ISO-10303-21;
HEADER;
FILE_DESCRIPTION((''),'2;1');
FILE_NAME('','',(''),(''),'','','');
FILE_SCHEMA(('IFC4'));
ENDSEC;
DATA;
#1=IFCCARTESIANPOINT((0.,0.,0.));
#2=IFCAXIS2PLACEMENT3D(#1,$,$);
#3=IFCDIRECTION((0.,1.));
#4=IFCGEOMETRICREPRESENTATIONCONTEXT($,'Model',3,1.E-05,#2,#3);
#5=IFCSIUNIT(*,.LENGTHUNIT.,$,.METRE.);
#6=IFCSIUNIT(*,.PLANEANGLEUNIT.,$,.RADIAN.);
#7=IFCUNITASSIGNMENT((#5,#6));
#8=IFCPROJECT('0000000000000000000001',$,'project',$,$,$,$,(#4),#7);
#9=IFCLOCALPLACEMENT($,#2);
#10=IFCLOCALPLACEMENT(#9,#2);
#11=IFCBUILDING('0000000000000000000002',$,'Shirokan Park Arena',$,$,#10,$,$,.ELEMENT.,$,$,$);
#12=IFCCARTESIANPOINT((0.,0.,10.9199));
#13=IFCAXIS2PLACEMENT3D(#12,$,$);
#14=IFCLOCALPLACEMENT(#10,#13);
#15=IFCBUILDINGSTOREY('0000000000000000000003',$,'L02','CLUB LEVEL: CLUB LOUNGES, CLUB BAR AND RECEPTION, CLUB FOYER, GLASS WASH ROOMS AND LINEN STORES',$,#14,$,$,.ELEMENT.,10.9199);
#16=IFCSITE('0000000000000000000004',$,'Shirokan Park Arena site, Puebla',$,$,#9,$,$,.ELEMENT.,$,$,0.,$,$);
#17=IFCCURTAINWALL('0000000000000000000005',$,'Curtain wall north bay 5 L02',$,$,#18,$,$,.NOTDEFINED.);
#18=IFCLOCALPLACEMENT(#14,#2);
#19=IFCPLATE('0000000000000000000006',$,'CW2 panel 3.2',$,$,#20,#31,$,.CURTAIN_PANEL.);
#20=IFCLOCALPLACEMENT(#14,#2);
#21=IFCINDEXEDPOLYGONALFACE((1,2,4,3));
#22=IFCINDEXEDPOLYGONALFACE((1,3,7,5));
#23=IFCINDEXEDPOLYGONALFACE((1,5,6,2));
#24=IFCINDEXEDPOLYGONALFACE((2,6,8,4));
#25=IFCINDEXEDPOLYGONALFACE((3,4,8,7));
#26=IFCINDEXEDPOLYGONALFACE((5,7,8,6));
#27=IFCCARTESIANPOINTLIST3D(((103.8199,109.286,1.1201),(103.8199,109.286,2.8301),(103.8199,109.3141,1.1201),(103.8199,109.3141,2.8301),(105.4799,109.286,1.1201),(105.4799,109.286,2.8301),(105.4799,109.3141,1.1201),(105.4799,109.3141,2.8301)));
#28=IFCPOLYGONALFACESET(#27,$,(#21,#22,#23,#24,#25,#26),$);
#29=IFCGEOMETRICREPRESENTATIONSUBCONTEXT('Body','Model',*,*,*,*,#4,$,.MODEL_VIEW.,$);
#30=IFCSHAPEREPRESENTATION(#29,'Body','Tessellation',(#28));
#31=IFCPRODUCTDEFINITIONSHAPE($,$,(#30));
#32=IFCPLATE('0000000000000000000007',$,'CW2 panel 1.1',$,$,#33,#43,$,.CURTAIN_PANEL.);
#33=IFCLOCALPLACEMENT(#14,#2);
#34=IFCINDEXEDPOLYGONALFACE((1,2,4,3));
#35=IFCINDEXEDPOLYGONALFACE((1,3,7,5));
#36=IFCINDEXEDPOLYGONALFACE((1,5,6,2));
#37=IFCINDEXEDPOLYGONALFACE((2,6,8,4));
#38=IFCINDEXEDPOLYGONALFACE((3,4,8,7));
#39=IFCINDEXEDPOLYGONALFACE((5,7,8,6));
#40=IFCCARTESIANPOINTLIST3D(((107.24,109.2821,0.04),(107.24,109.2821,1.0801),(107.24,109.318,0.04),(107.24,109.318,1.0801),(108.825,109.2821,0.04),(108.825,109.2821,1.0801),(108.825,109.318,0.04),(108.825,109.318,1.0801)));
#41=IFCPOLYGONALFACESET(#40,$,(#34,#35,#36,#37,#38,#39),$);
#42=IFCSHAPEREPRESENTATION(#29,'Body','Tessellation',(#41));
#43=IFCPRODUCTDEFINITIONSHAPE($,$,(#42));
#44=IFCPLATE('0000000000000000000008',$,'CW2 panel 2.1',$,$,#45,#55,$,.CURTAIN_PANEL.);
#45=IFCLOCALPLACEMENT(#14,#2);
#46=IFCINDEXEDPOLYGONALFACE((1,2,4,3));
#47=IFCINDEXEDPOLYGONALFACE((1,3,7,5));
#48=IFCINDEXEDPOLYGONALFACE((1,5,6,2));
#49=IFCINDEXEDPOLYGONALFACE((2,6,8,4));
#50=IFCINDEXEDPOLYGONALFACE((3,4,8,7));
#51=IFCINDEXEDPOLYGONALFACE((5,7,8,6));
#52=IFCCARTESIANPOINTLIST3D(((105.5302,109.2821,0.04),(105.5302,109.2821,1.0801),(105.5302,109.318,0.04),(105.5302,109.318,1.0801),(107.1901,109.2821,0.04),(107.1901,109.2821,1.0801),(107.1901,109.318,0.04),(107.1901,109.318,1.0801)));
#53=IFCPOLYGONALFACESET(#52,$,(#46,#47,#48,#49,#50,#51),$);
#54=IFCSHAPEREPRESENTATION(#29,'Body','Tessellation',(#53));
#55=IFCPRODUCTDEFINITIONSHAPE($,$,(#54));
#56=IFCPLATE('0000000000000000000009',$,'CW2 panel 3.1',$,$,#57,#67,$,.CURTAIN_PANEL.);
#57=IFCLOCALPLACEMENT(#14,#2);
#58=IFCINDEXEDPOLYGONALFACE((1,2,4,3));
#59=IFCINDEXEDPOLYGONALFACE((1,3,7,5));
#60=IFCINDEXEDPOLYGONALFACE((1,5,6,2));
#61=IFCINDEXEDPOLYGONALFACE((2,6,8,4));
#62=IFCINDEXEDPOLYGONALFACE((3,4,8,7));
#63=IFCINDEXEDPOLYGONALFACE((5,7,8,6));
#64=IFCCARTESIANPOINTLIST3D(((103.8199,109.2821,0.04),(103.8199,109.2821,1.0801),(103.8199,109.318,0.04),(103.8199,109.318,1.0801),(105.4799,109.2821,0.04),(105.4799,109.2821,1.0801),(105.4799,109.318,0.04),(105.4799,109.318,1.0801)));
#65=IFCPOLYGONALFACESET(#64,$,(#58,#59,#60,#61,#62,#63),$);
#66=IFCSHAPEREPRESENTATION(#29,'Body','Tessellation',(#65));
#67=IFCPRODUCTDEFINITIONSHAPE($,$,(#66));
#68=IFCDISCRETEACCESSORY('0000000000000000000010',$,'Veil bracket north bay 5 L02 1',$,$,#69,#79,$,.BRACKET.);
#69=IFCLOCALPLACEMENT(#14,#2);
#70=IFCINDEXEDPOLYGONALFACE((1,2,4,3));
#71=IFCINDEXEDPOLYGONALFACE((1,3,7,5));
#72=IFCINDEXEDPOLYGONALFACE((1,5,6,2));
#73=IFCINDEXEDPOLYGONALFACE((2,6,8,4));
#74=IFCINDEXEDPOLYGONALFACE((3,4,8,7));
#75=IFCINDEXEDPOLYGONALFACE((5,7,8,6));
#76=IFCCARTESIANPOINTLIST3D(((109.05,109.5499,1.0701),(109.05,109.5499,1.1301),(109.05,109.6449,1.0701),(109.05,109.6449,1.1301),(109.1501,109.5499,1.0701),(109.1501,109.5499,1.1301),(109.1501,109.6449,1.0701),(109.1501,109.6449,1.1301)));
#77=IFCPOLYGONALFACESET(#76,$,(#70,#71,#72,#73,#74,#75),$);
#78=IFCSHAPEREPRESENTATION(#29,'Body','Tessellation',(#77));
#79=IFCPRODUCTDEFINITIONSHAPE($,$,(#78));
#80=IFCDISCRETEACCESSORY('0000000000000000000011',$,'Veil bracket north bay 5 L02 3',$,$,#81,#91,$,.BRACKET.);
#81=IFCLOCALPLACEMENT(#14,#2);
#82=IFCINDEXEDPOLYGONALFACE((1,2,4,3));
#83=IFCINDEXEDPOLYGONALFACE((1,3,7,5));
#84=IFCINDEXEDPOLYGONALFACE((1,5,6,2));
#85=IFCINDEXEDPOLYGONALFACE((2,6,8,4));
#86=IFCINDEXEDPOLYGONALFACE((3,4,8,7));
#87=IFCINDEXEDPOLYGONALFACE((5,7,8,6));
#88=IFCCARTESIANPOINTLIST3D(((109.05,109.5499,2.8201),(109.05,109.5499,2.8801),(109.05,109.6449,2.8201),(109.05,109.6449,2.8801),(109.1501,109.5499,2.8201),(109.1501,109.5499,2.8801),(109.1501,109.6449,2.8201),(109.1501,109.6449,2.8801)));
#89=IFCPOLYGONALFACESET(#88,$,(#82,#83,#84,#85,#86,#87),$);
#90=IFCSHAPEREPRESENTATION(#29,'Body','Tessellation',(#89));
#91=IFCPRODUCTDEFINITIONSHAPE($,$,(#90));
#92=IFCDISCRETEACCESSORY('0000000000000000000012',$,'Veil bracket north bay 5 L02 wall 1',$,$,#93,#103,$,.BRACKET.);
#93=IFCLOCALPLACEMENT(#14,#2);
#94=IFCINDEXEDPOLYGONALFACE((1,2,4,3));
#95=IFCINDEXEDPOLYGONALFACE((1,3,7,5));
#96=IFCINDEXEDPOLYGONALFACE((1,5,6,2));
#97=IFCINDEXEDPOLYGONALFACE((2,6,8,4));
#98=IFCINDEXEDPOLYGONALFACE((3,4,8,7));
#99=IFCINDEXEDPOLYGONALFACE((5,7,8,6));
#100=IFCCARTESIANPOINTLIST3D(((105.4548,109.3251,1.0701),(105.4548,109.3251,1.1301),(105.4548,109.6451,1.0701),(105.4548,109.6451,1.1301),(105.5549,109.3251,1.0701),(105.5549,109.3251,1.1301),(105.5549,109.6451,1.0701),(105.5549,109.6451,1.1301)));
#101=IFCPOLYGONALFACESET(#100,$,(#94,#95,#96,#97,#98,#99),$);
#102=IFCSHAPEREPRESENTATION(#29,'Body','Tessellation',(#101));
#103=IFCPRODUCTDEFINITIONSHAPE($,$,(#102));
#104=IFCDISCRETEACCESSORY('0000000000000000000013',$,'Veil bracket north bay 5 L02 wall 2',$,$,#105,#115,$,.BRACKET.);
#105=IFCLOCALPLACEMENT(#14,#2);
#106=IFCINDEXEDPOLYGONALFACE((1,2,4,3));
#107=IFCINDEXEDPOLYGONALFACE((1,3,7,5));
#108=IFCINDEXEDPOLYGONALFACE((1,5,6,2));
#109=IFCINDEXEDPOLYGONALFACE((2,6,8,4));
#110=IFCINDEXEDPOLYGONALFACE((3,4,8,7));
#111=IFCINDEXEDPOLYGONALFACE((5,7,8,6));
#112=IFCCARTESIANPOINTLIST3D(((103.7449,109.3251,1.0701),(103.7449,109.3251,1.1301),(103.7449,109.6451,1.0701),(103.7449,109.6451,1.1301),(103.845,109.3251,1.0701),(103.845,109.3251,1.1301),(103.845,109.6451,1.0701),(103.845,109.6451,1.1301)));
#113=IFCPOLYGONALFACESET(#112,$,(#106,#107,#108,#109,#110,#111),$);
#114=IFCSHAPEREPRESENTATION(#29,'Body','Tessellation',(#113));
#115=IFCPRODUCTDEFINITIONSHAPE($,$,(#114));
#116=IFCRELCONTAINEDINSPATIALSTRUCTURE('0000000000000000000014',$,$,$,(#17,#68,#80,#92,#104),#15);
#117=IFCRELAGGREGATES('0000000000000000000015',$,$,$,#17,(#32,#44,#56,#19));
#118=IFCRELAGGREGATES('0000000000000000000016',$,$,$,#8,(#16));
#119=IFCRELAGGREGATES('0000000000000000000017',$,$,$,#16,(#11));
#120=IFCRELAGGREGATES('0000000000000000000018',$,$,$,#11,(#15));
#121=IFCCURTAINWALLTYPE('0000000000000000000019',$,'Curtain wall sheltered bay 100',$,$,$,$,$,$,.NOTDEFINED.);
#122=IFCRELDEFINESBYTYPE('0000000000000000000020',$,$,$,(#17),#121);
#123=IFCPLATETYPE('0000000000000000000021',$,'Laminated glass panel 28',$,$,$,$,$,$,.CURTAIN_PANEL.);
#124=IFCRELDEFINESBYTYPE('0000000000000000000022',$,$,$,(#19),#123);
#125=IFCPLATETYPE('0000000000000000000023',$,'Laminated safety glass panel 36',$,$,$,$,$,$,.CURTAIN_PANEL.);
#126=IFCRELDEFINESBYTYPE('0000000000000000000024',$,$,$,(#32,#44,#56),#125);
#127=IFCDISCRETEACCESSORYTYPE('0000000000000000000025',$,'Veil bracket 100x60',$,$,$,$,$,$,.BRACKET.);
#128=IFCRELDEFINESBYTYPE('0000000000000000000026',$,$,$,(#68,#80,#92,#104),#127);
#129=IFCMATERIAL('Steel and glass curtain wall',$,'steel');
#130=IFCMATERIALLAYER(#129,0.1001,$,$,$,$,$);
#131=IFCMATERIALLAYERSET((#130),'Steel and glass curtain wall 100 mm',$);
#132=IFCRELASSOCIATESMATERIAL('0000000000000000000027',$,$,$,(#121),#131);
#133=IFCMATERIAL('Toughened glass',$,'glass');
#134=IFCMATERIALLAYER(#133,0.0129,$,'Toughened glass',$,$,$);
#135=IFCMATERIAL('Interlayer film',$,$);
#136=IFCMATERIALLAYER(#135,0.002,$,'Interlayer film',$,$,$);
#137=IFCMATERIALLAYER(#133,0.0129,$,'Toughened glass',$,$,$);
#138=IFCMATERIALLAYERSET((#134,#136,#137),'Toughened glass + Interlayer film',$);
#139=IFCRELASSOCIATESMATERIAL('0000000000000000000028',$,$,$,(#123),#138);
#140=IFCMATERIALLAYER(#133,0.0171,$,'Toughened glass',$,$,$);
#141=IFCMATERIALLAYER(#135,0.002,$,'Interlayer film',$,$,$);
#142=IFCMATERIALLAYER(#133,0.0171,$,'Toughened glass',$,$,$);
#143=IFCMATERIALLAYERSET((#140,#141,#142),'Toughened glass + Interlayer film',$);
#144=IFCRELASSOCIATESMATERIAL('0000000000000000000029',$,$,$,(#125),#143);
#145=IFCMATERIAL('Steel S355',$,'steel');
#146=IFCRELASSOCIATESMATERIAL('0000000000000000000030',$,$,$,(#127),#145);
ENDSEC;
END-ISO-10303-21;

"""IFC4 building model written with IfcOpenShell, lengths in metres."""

from ifc_helpers import new_model, si_unit, direction, frame, origin, origin_2d, place, context, subcontext, project, spatial, rectangle, extrude, material, layer, layer_set, type_object, element, aggregate, save


model = new_model("IFC4")

# Units and contexts
model_context = context("Model", 3, precision=1e-05, world=origin(), true_north=direction((0.0, 1.0)))
body_context = subcontext(model_context, "Body", "Model", "MODEL_VIEW")
ifc_project = project(units=[si_unit("LENGTHUNIT", "METRE"), si_unit("PLANEANGLEUNIT", "RADIAN")], contexts=[model_context])

# Site, building, storey
site_placement = place(None, origin())
site = spatial("IfcSite", under=ifc_project, at=site_placement, Name="Shirokan Park Arena site, Puebla", CompositionType="ELEMENT", RefElevation=0.0)
building_placement = place(site_placement, origin())
building = spatial("IfcBuilding", under=site, at=building_placement, Name="Shirokan Park Arena", CompositionType="ELEMENT")
storey_placement = place(building_placement, frame((0.0, 0.0, 10.9199)))
storey = spatial("IfcBuildingStorey", under=building, at=storey_placement, Name="L02", Description="CLUB LEVEL: CLUB LOUNGES, CLUB BAR AND RECEPTION, CLUB FOYER, GLASS WASH ROOMS AND LINEN STORES", CompositionType="ELEMENT", Elevation=10.9199)

# Curtain wall, plates
ifc_material_1 = material(Name="Steel and glass curtain wall", Category="steel")
ifc_layer_1 = layer(ifc_material_1, 0.1001)
ifc_layer_set_1 = layer_set([ifc_layer_1], Name="Steel and glass curtain wall 100 mm")
curtain_wall_type = type_object("IfcCurtainWallType", Name="Curtain wall sheltered bay 100", PredefinedType="NOTDEFINED", material=ifc_layer_set_1)
curtain_wall_placement = place(storey_placement, origin())
curtain_wall = element("IfcCurtainWall", 1, at=curtain_wall_placement, inside=storey, type_object=curtain_wall_type, Name="Curtain wall north bay 5 L02", PredefinedType="NOTDEFINED")
ifc_material_2 = material(Name="Steel S355", Category="steel")
ifc_material_3 = material(Name="Toughened glass", Category="glass")
ifc_layer_2 = layer(ifc_material_3, 0.0129, Name="Toughened glass")
ifc_material_4 = material(Name="Interlayer film")
ifc_layer_3 = layer(ifc_material_4, 0.002, Name="Interlayer film")
ifc_layer_4 = layer(ifc_material_3, 0.0129, Name="Toughened glass")
ifc_layer_set_2 = layer_set([ifc_layer_2, ifc_layer_3, ifc_layer_4], Name="Toughened glass + Interlayer film")
plate_type_1 = type_object("IfcPlateType", Name="Laminated glass panel 28", PredefinedType="CURTAIN_PANEL", material=ifc_layer_set_2)
plate_1_placement = place(storey_placement, frame((104.6499, 109.3, 1.1201), z_axis=(0.0, 0.0, 1.0), x_axis=(-1.0, 0.0, 0.0)))
plate_1 = element("IfcPlate", 2, at=plate_1_placement, type_object=plate_type_1, Name="CW2 panel 3.2", PredefinedType="CURTAIN_PANEL", context=body_context, shape_type="SweptSolid", body=[
    extrude(rectangle(XDim=1.6599, YDim=0.0281, at=origin_2d()), origin(), (0.0, 0.0, 1.0), 1.71),
])
ifc_layer_5 = layer(ifc_material_3, 0.0171, Name="Toughened glass")
ifc_layer_6 = layer(ifc_material_4, 0.002, Name="Interlayer film")
ifc_layer_7 = layer(ifc_material_3, 0.0171, Name="Toughened glass")
ifc_layer_set_3 = layer_set([ifc_layer_5, ifc_layer_6, ifc_layer_7], Name="Toughened glass + Interlayer film")
plate_type_2 = type_object("IfcPlateType", Name="Laminated safety glass panel 36", PredefinedType="CURTAIN_PANEL", material=ifc_layer_set_3)
plate_2_placement = place(storey_placement, frame((108.0325, 109.3, 0.04), z_axis=(0.0, 0.0, 1.0), x_axis=(-1.0, 0.0, 0.0)))
plate_2 = element("IfcPlate", 3, at=plate_2_placement, type_object=plate_type_2, Name="CW2 panel 1.1", PredefinedType="CURTAIN_PANEL", context=body_context, shape_type="SweptSolid", body=[
    extrude(rectangle(XDim=1.585, YDim=0.0359, at=origin_2d()), origin(), (0.0, 0.0, 1.0), 1.04),
])
plate_3_placement = place(storey_placement, frame((106.3601, 109.3, 0.04), z_axis=(0.0, 0.0, 1.0), x_axis=(-1.0, 0.0, 0.0)))
plate_3 = element("IfcPlate", 4, at=plate_3_placement, type_object=plate_type_2, Name="CW2 panel 2.1", PredefinedType="CURTAIN_PANEL", context=body_context, shape_type="SweptSolid", body=[
    extrude(rectangle(XDim=1.6599, YDim=0.0359, at=origin_2d()), origin(), (0.0, 0.0, 1.0), 1.04),
])
plate_4_placement = place(storey_placement, frame((104.6499, 109.3, 0.04), z_axis=(0.0, 0.0, 1.0), x_axis=(-1.0, 0.0, 0.0)))
plate_4 = element("IfcPlate", 5, at=plate_4_placement, type_object=plate_type_2, Name="CW2 panel 3.1", PredefinedType="CURTAIN_PANEL", context=body_context, shape_type="SweptSolid", body=[
    extrude(rectangle(XDim=1.6599, YDim=0.0359, at=origin_2d()), origin(), (0.0, 0.0, 1.0), 1.04),
])
aggregate(curtain_wall, [plate_2, plate_3, plate_4, plate_1])

# Discrete accessories
discrete_accessory_type = type_object("IfcDiscreteAccessoryType", Name="Veil bracket 100x60", PredefinedType="BRACKET", material=ifc_material_2)
for number, where, z_axis, x_axis, name in (
    (6, (109.1001, 109.5974, 1.0701), (0.0, 0.0, 1.0), (-1.0, 0.0, 0.0), "Veil bracket north bay 5 L02 1"),
    (7, (109.1001, 109.5974, 2.8201), (0.0, 0.0, 1.0), (-1.0, 0.0, 0.0), "Veil bracket north bay 5 L02 3"),
):
    element("IfcDiscreteAccessory", number, at=place(storey_placement, frame(where, z_axis=z_axis, x_axis=x_axis)), inside=storey, type_object=discrete_accessory_type, Name=name, PredefinedType="BRACKET", context=body_context, shape_type="SweptSolid", body=[
        extrude(rectangle(XDim=0.1001, YDim=0.095, at=origin_2d()), origin(), (0.0, 0.0, 1.0), 0.0601),
    ])
for number, where, z_axis, x_axis, name in (
    (8, (105.5049, 109.4851, 1.0701), (0.0, 0.0, 1.0), (-1.0, 0.0, 0.0), "Veil bracket north bay 5 L02 wall 1"),
    (9, (103.7949, 109.4851, 1.0701), (0.0, 0.0, 1.0), (-1.0, 0.0, 0.0), "Veil bracket north bay 5 L02 wall 2"),
):
    element("IfcDiscreteAccessory", number, at=place(storey_placement, frame(where, z_axis=z_axis, x_axis=x_axis)), inside=storey, type_object=discrete_accessory_type, Name=name, PredefinedType="BRACKET", context=body_context, shape_type="SweptSolid", body=[
        extrude(rectangle(XDim=0.1001, YDim=0.3201, at=origin_2d()), origin(), (0.0, 0.0, 1.0), 0.0601),
    ])

save(model, "model.ifc")
